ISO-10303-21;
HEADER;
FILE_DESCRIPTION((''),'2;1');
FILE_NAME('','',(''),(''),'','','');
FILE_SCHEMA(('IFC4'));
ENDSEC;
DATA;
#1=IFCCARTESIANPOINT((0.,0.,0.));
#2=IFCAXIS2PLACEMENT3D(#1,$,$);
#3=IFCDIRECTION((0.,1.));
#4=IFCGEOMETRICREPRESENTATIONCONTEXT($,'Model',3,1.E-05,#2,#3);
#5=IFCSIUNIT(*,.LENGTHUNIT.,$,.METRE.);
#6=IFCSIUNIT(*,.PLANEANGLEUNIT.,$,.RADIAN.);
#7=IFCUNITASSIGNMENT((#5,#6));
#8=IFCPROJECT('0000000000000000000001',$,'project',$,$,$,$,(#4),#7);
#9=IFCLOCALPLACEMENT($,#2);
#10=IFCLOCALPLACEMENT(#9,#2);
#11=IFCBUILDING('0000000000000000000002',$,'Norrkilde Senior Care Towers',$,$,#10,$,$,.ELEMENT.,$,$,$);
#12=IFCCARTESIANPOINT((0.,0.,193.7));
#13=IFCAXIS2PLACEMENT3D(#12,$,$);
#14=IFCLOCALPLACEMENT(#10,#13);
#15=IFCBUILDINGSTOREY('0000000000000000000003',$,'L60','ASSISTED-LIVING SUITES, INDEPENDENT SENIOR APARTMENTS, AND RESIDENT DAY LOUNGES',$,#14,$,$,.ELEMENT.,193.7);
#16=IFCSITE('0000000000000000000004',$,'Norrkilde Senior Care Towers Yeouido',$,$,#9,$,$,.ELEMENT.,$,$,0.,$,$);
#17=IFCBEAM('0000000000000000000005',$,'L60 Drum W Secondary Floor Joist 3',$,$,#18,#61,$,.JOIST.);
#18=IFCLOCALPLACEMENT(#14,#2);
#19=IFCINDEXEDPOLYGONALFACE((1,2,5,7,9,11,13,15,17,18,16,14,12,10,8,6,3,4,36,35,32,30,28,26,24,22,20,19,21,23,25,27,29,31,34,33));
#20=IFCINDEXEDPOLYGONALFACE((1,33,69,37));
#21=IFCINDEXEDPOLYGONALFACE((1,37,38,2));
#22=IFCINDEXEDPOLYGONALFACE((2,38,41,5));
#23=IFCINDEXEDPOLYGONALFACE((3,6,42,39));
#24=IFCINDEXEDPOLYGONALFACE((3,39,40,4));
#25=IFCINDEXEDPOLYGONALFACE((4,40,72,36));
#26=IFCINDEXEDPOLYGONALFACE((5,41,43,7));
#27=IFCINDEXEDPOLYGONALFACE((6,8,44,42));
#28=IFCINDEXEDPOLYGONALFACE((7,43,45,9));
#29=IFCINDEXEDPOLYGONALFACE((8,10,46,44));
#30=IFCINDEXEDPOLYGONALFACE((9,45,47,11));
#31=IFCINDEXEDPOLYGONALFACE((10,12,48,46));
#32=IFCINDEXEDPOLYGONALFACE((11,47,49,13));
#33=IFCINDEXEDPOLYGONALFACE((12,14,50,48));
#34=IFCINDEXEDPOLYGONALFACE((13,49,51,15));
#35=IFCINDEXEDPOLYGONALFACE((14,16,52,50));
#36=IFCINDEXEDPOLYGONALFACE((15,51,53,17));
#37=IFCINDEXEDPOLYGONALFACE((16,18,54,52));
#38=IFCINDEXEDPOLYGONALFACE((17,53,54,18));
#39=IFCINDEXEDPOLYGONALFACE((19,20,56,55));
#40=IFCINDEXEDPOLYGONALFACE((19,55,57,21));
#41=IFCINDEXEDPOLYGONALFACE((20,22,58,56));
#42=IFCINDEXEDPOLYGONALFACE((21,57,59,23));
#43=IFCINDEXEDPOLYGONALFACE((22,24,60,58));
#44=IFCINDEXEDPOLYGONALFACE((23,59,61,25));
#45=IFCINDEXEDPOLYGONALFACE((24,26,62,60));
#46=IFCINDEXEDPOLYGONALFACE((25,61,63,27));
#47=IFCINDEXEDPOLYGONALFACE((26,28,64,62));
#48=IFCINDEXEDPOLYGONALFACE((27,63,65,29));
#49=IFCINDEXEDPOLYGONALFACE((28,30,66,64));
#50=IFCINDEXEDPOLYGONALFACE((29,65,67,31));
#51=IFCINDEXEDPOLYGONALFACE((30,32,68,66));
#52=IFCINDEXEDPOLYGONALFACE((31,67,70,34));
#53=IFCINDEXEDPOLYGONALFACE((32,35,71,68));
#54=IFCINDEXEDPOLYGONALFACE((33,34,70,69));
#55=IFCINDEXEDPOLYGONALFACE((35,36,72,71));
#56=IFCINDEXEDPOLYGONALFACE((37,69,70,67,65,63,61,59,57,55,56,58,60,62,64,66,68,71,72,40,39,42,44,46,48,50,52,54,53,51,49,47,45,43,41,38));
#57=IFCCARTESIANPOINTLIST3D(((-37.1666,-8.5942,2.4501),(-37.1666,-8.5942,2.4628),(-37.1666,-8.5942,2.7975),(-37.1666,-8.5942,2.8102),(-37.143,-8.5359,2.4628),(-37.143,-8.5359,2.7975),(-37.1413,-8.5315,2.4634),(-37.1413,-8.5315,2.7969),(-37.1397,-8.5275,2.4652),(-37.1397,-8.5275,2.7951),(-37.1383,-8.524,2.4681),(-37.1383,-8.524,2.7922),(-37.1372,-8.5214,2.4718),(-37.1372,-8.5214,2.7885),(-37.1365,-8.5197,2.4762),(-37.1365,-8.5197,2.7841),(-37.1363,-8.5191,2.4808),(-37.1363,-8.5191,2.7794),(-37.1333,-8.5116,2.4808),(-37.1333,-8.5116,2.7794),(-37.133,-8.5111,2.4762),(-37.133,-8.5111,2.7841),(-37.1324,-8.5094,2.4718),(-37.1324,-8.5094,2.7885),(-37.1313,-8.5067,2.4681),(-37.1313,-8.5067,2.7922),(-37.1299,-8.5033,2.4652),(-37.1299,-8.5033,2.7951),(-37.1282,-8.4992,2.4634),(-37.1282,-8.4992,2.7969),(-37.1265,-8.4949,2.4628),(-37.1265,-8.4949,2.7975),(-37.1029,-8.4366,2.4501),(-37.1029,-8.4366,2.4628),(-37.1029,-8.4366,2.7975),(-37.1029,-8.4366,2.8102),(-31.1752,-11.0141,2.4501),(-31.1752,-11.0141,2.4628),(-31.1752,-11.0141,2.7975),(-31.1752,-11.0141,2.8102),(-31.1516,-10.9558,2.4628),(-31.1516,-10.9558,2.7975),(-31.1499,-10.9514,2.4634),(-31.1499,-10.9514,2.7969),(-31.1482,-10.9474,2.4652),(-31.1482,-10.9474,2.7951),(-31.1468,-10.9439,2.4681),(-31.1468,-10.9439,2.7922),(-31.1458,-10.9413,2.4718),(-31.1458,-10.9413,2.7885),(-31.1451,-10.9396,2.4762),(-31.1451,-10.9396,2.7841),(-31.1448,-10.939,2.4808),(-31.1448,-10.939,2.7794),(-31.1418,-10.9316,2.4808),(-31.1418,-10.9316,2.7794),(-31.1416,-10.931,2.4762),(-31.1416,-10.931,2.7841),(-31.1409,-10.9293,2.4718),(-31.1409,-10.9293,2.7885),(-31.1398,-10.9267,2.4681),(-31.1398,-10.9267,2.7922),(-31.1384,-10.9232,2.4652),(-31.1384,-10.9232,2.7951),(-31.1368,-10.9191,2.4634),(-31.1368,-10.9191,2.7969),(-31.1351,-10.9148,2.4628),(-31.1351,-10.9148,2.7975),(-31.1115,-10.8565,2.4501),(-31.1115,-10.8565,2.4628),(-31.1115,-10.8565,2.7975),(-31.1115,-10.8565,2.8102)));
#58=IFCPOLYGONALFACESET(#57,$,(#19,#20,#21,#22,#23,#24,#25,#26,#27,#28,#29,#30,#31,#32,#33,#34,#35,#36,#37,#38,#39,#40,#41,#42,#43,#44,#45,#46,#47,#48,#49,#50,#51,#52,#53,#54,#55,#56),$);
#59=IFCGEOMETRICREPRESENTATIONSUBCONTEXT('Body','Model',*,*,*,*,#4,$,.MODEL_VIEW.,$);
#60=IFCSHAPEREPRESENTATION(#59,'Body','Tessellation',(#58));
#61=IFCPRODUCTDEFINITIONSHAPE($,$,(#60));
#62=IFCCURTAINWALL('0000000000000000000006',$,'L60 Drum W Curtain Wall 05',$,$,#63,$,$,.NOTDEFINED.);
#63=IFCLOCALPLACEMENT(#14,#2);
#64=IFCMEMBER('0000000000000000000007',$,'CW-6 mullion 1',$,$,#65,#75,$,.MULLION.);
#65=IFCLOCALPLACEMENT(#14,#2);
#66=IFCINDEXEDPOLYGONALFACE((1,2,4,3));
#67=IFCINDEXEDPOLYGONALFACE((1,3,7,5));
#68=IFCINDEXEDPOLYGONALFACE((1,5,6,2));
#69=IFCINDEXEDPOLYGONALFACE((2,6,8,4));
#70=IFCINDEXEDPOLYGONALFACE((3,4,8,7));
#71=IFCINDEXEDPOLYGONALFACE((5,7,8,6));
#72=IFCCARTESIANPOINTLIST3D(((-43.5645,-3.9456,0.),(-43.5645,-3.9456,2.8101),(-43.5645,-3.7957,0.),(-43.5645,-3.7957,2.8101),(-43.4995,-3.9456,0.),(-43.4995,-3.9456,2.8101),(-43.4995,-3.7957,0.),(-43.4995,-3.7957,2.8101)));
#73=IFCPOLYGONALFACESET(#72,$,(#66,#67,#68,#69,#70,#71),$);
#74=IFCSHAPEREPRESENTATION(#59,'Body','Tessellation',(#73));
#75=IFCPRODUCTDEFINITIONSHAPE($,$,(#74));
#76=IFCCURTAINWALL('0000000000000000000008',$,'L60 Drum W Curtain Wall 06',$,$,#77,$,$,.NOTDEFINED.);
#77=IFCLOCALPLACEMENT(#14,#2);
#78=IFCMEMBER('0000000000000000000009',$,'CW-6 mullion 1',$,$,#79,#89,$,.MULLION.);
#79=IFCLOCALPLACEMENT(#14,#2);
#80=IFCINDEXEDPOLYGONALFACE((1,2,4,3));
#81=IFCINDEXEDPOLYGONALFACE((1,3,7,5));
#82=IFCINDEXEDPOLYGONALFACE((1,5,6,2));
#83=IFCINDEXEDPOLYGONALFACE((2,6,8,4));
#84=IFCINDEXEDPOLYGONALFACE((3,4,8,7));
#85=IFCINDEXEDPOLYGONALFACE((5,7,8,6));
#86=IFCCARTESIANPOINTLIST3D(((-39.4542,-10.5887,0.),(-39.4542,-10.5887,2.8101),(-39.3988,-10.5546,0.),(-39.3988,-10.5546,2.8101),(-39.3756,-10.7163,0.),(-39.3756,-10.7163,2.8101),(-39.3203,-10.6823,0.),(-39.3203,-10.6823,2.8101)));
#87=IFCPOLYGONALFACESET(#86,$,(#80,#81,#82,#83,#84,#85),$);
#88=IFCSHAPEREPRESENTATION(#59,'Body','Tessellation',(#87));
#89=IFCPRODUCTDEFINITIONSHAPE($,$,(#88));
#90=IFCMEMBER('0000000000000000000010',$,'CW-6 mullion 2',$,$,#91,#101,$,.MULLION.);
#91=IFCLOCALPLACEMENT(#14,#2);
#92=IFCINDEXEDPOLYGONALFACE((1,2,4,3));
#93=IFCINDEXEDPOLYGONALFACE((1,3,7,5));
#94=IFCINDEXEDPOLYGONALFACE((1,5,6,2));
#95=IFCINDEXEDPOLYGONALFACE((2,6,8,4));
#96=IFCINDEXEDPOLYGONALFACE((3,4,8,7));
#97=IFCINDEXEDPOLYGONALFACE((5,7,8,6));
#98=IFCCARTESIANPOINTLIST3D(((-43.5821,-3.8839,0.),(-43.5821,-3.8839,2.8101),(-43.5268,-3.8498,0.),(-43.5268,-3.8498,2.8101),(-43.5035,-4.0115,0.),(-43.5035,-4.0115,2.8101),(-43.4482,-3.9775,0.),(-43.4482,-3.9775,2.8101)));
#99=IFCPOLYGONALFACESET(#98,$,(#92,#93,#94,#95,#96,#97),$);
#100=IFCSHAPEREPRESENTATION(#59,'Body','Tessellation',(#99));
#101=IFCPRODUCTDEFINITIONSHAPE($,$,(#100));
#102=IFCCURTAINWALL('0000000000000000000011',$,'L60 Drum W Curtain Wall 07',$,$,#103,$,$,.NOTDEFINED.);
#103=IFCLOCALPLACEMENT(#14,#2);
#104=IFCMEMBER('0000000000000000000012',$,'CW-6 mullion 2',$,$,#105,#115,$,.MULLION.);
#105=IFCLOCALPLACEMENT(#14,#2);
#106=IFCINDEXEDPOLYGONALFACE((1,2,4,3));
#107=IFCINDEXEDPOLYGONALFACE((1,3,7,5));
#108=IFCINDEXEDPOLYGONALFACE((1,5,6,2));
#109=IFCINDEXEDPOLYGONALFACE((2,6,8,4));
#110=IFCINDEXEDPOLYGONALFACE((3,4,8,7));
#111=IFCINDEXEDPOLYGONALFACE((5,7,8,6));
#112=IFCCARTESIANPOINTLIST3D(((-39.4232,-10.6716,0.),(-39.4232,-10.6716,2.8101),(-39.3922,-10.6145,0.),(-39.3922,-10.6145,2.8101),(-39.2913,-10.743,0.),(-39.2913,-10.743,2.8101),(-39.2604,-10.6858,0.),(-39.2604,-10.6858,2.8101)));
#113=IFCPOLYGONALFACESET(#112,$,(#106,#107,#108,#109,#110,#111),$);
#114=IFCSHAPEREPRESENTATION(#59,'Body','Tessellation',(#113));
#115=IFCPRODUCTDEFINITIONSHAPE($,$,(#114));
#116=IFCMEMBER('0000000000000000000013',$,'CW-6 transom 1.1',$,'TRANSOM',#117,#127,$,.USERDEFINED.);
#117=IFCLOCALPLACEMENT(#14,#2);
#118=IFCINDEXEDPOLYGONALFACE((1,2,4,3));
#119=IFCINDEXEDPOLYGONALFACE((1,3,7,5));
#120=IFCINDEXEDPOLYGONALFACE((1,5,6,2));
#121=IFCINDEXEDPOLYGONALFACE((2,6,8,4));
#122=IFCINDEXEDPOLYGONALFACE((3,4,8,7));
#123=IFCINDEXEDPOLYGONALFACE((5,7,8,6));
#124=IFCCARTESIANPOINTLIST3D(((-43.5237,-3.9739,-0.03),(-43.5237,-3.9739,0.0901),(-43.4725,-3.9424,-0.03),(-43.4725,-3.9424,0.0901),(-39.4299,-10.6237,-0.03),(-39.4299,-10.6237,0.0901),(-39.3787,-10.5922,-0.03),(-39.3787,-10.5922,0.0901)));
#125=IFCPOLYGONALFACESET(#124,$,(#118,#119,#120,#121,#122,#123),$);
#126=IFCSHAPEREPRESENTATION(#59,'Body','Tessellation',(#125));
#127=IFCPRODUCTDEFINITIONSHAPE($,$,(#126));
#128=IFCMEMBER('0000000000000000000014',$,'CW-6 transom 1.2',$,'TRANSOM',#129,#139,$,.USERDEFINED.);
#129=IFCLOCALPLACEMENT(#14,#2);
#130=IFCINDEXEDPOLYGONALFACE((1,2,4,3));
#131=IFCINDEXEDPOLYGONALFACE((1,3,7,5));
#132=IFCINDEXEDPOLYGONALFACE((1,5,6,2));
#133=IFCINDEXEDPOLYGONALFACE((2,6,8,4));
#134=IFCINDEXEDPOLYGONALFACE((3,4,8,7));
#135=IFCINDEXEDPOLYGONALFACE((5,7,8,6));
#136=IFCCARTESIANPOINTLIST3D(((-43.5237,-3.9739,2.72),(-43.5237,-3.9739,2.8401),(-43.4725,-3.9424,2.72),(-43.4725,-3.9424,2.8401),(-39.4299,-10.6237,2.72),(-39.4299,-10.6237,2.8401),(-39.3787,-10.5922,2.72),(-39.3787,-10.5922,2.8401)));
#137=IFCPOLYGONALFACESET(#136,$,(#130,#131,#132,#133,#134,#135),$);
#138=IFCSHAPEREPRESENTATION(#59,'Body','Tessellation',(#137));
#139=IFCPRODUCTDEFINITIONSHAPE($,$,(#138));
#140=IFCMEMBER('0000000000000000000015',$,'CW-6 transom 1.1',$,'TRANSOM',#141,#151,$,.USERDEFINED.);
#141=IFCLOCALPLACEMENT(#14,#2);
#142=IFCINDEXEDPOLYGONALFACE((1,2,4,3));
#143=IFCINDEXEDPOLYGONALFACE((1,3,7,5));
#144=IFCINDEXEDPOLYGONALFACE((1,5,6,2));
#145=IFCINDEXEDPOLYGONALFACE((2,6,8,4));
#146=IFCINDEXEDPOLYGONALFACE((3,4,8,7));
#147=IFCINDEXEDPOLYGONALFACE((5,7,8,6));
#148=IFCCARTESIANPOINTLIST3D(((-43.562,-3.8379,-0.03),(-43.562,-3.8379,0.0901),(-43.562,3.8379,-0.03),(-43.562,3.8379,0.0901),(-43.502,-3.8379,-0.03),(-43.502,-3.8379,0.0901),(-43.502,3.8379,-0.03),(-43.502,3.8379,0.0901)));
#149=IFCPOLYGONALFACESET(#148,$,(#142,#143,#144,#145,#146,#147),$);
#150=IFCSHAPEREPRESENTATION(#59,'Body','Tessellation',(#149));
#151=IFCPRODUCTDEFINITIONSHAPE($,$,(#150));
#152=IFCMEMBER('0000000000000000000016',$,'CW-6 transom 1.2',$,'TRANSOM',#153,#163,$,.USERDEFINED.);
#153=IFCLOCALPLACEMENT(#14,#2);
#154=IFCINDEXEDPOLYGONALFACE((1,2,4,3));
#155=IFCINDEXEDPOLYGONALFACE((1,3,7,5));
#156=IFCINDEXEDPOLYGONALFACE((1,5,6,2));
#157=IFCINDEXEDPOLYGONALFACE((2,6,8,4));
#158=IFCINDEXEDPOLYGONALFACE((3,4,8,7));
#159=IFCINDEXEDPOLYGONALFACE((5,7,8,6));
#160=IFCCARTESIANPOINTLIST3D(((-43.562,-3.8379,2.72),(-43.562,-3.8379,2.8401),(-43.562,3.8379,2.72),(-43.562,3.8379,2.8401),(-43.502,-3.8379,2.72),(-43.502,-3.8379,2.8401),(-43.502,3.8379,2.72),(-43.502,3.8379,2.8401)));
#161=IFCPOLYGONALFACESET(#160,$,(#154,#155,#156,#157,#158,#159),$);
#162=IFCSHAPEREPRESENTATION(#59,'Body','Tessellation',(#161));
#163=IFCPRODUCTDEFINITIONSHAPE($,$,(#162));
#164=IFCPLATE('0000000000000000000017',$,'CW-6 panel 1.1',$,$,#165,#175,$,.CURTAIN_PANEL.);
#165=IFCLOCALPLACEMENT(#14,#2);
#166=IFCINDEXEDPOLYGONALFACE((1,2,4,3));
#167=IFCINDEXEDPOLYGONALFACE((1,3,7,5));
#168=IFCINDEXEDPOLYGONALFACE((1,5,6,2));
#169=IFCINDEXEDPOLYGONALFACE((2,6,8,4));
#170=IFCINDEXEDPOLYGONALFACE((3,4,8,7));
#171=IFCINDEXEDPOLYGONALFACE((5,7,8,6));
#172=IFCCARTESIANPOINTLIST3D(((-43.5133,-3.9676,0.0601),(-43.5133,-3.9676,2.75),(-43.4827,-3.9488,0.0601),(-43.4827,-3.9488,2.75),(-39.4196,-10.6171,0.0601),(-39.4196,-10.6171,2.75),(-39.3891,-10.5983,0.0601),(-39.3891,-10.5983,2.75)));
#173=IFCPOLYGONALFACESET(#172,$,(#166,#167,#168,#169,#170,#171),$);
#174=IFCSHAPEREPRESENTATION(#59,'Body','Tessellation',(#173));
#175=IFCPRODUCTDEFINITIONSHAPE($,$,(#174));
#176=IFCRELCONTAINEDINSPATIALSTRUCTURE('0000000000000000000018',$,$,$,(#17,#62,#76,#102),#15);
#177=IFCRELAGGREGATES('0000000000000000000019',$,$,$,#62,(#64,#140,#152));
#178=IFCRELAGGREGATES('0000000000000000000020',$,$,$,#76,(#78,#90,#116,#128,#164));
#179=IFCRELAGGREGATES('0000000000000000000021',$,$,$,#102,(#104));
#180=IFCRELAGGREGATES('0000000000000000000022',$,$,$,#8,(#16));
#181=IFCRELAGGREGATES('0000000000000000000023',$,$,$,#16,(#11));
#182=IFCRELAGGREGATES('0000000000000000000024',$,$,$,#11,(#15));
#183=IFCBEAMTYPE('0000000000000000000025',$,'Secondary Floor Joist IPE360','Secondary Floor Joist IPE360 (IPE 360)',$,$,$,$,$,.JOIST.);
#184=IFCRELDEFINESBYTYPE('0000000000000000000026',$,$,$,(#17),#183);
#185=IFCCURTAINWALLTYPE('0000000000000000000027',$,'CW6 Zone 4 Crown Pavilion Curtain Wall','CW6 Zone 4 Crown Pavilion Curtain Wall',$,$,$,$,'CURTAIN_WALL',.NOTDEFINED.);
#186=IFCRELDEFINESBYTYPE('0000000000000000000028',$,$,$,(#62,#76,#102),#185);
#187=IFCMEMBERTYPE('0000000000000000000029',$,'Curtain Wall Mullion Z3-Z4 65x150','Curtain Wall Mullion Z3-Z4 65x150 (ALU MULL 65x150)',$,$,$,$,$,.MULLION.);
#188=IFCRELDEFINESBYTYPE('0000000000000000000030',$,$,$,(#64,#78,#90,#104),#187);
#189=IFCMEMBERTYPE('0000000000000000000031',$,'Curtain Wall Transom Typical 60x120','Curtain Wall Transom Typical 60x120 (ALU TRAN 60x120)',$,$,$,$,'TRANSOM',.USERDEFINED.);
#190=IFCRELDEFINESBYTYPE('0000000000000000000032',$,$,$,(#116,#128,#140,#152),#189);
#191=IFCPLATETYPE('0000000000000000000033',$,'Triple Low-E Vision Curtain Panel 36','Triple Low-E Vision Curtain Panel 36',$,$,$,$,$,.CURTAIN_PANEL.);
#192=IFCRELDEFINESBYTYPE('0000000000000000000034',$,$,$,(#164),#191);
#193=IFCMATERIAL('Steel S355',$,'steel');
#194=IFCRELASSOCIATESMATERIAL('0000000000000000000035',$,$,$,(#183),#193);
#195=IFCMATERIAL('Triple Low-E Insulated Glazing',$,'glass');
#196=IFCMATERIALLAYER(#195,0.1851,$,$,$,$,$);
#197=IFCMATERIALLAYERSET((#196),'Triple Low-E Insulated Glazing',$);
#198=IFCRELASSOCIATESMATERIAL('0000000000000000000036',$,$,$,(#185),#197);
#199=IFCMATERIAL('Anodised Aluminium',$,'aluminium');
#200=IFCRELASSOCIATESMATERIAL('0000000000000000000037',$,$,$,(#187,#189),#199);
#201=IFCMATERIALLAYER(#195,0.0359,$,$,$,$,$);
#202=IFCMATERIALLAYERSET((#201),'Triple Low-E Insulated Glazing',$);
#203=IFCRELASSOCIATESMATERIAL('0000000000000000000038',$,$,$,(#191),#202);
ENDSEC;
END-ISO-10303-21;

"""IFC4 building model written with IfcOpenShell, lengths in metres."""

from ifc_helpers import new_model, si_unit, direction, frame, origin, origin_2d, place, context, subcontext, project, spatial, rectangle, i_section, extrude, source, transform, mapped, material, layer, layer_set, material_profile, profile_set, type_object, type_shapes, element, aggregate, save


model = new_model("IFC4")

# Units and contexts
model_context = context("Model", 3, precision=1e-05, world=origin(), true_north=direction((0.0, 1.0)))
body_context = subcontext(model_context, "Body", "Model", "MODEL_VIEW")
ifc_project = project(units=[si_unit("LENGTHUNIT", "METRE"), si_unit("PLANEANGLEUNIT", "RADIAN")], contexts=[model_context])

# Site, building, storey
site_placement = place(None, origin())
site = spatial("IfcSite", under=ifc_project, at=site_placement, Name="Norrkilde Senior Care Towers Yeouido", CompositionType="ELEMENT", RefElevation=0.0)
building_placement = place(site_placement, origin())
building = spatial("IfcBuilding", under=site, at=building_placement, Name="Norrkilde Senior Care Towers", CompositionType="ELEMENT")
storey_placement = place(building_placement, frame((0.0, 0.0, 193.7)))
storey = spatial("IfcBuildingStorey", under=building, at=storey_placement, Name="L60", Description="ASSISTED-LIVING SUITES, INDEPENDENT SENIOR APARTMENTS, AND RESIDENT DAY LOUNGES", CompositionType="ELEMENT", Elevation=193.7)

# Beam
ifc_material_1 = material(Name="Steel S355", Category="steel")
ifc_material_profile_1 = material_profile(ifc_material_1, i_section(OverallWidth=0.1699, OverallDepth=0.3601, WebThickness=0.0081, FlangeThickness=0.0127, FilletRadius=0.0181, at=origin_2d()), Name="IPE 360")
ifc_profile_set_1 = profile_set([ifc_material_profile_1], Name="Steel S355")
beam_type_1 = type_object("IfcBeamType", Name="Secondary Floor Joist IPE360", Description="Secondary Floor Joist IPE360 (IPE 360)", PredefinedType="JOIST", material=ifc_profile_set_1)
shared_shape_1 = source(origin(), body_context, "Body", "SweptSolid", [
    extrude(i_section(OverallWidth=0.1699, OverallDepth=0.3601, WebThickness=0.0081, FlangeThickness=0.0127, FilletRadius=0.0181, at=origin_2d()), origin(), (0.0, 0.0, 1.0), 6.4617),
])
type_shapes(beam_type_1, [shared_shape_1])
beam_1_placement = place(storey_placement, frame((-37.1348, -8.5154, 2.6301), z_axis=(0.927226, -0.374502, 0.0), x_axis=(0.374502, 0.927226, 0.0)))
element("IfcBeam", 1, at=beam_1_placement, inside=storey, type_object=beam_type_1, Name="L60 Drum W Secondary Floor Joist 3", PredefinedType="JOIST", context=body_context, shape_type="MappedRepresentation", body=[
    mapped(shared_shape_1, transform((0.0, 0.0, 0.0), x_axis=(1.0, 0.0, 0.0), y_axis=(0.0, 1.0, 0.0), z_axis=(0.0, 0.0, 1.0), scale=1.0)),
])

# Curtain wall, member
ifc_material_2 = material(Name="Triple Low-E Insulated Glazing", Category="glass")
ifc_layer_1 = layer(ifc_material_2, 0.1851)
ifc_layer_set_1 = layer_set([ifc_layer_1], Name="Triple Low-E Insulated Glazing")
curtain_wall_type = type_object("IfcCurtainWallType", Name="CW6 Zone 4 Crown Pavilion Curtain Wall", Description="CW6 Zone 4 Crown Pavilion Curtain Wall", ElementType="CURTAIN_WALL", PredefinedType="NOTDEFINED", material=ifc_layer_set_1)
curtain_wall_1_placement = place(storey_placement, origin())
curtain_wall_1 = element("IfcCurtainWall", 2, at=curtain_wall_1_placement, inside=storey, type_object=curtain_wall_type, Name="L60 Drum W Curtain Wall 05", PredefinedType="NOTDEFINED")
ifc_material_3 = material(Name="Anodised Aluminium", Category="aluminium")
ifc_material_profile_2 = material_profile(ifc_material_3, rectangle(XDim=0.0649, YDim=0.1499, at=origin_2d()), Name="ALU MULL 65x150")
ifc_profile_set_2 = profile_set([ifc_material_profile_2], Name="Anodised Aluminium")
member_type_1 = type_object("IfcMemberType", Name="Curtain Wall Mullion Z3-Z4 65x150", Description="Curtain Wall Mullion Z3-Z4 65x150 (ALU MULL 65x150)", PredefinedType="MULLION", material=ifc_profile_set_2)
shared_shape_2 = source(origin(), body_context, "Body", "SweptSolid", [
    extrude(rectangle(XDim=0.0649, YDim=0.1499, at=origin_2d()), origin(), (0.0, 0.0, 1.0), 2.8101),
])
type_shapes(member_type_1, [shared_shape_2])
member_1_placement = place(storey_placement, frame((-43.532, -3.8706, 0.0), z_axis=(0.0, 0.0, 1.0), x_axis=(-1.0, 0.0, 0.0)))
member_1 = element("IfcMember", 3, at=member_1_placement, type_object=member_type_1, Name="CW-6 mullion 1", PredefinedType="MULLION", context=body_context, shape_type="MappedRepresentation", body=[
    mapped(shared_shape_2, transform((0.0, 0.0, 0.0), x_axis=(1.0, 0.0, 0.0), y_axis=(0.0, 1.0, 0.0), z_axis=(0.0, 0.0, 1.0), scale=1.0)),
])

# Curtain wall, members
curtain_wall_2_placement = place(storey_placement, origin())
curtain_wall_2 = element("IfcCurtainWall", 4, at=curtain_wall_2_placement, inside=storey, type_object=curtain_wall_type, Name="L60 Drum W Curtain Wall 06", PredefinedType="NOTDEFINED")
member_2_placement = place(storey_placement, frame((-39.3872, -10.6355, 0.0), z_axis=(0.0, 0.0, 1.0), x_axis=(-0.851563, -0.524253, 0.0)))
member_2 = element("IfcMember", 5, at=member_2_placement, type_object=member_type_1, Name="CW-6 mullion 1", PredefinedType="MULLION", context=body_context, shape_type="MappedRepresentation", body=[
    mapped(shared_shape_2, transform((0.0, 0.0, 0.0), x_axis=(1.0, 0.0, 0.0), y_axis=(0.0, 1.0, 0.0), z_axis=(0.0, 0.0, 1.0), scale=1.0)),
])
member_3_placement = place(storey_placement, frame((-43.5151, -3.9307, 0.0), z_axis=(0.0, 0.0, 1.0), x_axis=(-0.851563, -0.524253, 0.0)))
member_3 = element("IfcMember", 6, at=member_3_placement, type_object=member_type_1, Name="CW-6 mullion 2", PredefinedType="MULLION", context=body_context, shape_type="MappedRepresentation", body=[
    mapped(shared_shape_2, transform((0.0, 0.0, 0.0), x_axis=(1.0, 0.0, 0.0), y_axis=(0.0, 1.0, 0.0), z_axis=(0.0, 0.0, 1.0), scale=1.0)),
])

# Curtain wall, member
curtain_wall_3_placement = place(storey_placement, origin())
curtain_wall_3 = element("IfcCurtainWall", 7, at=curtain_wall_3_placement, inside=storey, type_object=curtain_wall_type, Name="L60 Drum W Curtain Wall 07", PredefinedType="NOTDEFINED")
member_4_placement = place(storey_placement, frame((-39.3418, -10.6787, 0.0), z_axis=(0.0, 0.0, 1.0), x_axis=(-0.476133, -0.879373, 0.0)))
member_4 = element("IfcMember", 8, at=member_4_placement, type_object=member_type_1, Name="CW-6 mullion 2", PredefinedType="MULLION", context=body_context, shape_type="MappedRepresentation", body=[
    mapped(shared_shape_2, transform((0.0, 0.0, 0.0), x_axis=(1.0, 0.0, 0.0), y_axis=(0.0, 1.0, 0.0), z_axis=(0.0, 0.0, 1.0), scale=1.0)),
])

# Members
ifc_material_profile_3 = material_profile(ifc_material_3, rectangle(XDim=0.0601, YDim=0.1201, at=origin_2d()), Name="ALU TRAN 60x120")
ifc_profile_set_3 = profile_set([ifc_material_profile_3], Name="Anodised Aluminium")
member_type_2 = type_object("IfcMemberType", Name="Curtain Wall Transom Typical 60x120", Description="Curtain Wall Transom Typical 60x120 (ALU TRAN 60x120)", ElementType="TRANSOM", PredefinedType="USERDEFINED", material=ifc_profile_set_3)
shared_shape_3 = source(origin(), body_context, "Body", "SweptSolid", [
    extrude(rectangle(XDim=0.0601, YDim=0.1201, at=origin_2d()), origin(), (0.0, 0.0, 1.0), 7.8088),
])
member_5_placement = place(storey_placement, frame((-39.4043, -10.6079, 0.03), z_axis=(-0.524251, 0.851564, 0.0), x_axis=(-0.851564, -0.524251, 0.0)))
member_5 = element("IfcMember", 9, at=member_5_placement, type_object=member_type_2, Name="CW-6 transom 1.1", ObjectType="TRANSOM", PredefinedType="USERDEFINED", context=body_context, shape_type="MappedRepresentation", body=[
    mapped(shared_shape_3, transform((0.0, 0.0, 0.0), x_axis=(1.0, 0.0, 0.0), y_axis=(0.0, 1.0, 0.0), z_axis=(0.0, 0.0, 1.0), scale=1.0)),
])
member_6_placement = place(storey_placement, frame((-39.4043, -10.6079, 2.78), z_axis=(-0.524251, 0.851564, 0.0), x_axis=(-0.851564, -0.524251, 0.0)))
member_6 = element("IfcMember", 10, at=member_6_placement, type_object=member_type_2, Name="CW-6 transom 1.2", ObjectType="TRANSOM", PredefinedType="USERDEFINED", context=body_context, shape_type="MappedRepresentation", body=[
    mapped(shared_shape_3, transform((0.0, 0.0, 0.0), x_axis=(1.0, 0.0, 0.0), y_axis=(0.0, 1.0, 0.0), z_axis=(0.0, 0.0, 1.0), scale=1.0)),
])
shared_shape_4 = source(origin(), body_context, "Body", "SweptSolid", [
    extrude(rectangle(XDim=0.0601, YDim=0.1201, at=origin_2d()), origin(), (0.0, 0.0, 1.0), 7.6758),
])
type_shapes(member_type_2, [shared_shape_3, shared_shape_4])
member_7_placement = place(storey_placement, frame((-43.532, -3.8379, 0.03), z_axis=(0.0, 1.0, 0.0), x_axis=(-1.0, 0.0, 0.0)))
member_7 = element("IfcMember", 11, at=member_7_placement, type_object=member_type_2, Name="CW-6 transom 1.1", ObjectType="TRANSOM", PredefinedType="USERDEFINED", context=body_context, shape_type="MappedRepresentation", body=[
    mapped(shared_shape_4, transform((0.0, 0.0, 0.0), x_axis=(1.0, 0.0, 0.0), y_axis=(0.0, 1.0, 0.0), z_axis=(0.0, 0.0, 1.0), scale=1.0)),
])
member_8_placement = place(storey_placement, frame((-43.532, -3.8379, 2.78), z_axis=(0.0, 1.0, 0.0), x_axis=(-1.0, 0.0, 0.0)))
member_8 = element("IfcMember", 12, at=member_8_placement, type_object=member_type_2, Name="CW-6 transom 1.2", ObjectType="TRANSOM", PredefinedType="USERDEFINED", context=body_context, shape_type="MappedRepresentation", body=[
    mapped(shared_shape_4, transform((0.0, 0.0, 0.0), x_axis=(1.0, 0.0, 0.0), y_axis=(0.0, 1.0, 0.0), z_axis=(0.0, 0.0, 1.0), scale=1.0)),
])
aggregate(curtain_wall_1, [member_1, member_7, member_8])

# Plate
ifc_layer_2 = layer(ifc_material_2, 0.0359)
ifc_layer_set_2 = layer_set([ifc_layer_2], Name="Triple Low-E Insulated Glazing")
plate_type = type_object("IfcPlateType", Name="Triple Low-E Vision Curtain Panel 36", Description="Triple Low-E Vision Curtain Panel 36", PredefinedType="CURTAIN_PANEL", material=ifc_layer_set_2)
shared_shape_5 = source(origin(), body_context, "Body", "SweptSolid", [
    extrude(rectangle(XDim=7.8086, YDim=0.0359, at=origin_2d()), origin(), (0.0, 0.0, 1.0), 2.6899),
])
plate_1_placement = place(storey_placement, frame((-41.4512, -7.283, 0.0601), z_axis=(0.0, 0.0, 1.0), x_axis=(-0.524253, 0.851563, 0.0)))
plate_1 = element("IfcPlate", 13, at=plate_1_placement, type_object=plate_type, Name="CW-6 panel 1.1", PredefinedType="CURTAIN_PANEL", context=body_context, shape_type="MappedRepresentation", body=[
    mapped(shared_shape_5, transform((0.0, 0.0, 0.0), x_axis=(1.0, 0.0, 0.0), y_axis=(0.0, 1.0, 0.0), z_axis=(0.0, 0.0, 1.0), scale=1.0)),
])
aggregate(curtain_wall_2, [member_2, member_3, member_5, member_6, plate_1])
aggregate(curtain_wall_3, [member_4])

save(model, "model.ifc")
